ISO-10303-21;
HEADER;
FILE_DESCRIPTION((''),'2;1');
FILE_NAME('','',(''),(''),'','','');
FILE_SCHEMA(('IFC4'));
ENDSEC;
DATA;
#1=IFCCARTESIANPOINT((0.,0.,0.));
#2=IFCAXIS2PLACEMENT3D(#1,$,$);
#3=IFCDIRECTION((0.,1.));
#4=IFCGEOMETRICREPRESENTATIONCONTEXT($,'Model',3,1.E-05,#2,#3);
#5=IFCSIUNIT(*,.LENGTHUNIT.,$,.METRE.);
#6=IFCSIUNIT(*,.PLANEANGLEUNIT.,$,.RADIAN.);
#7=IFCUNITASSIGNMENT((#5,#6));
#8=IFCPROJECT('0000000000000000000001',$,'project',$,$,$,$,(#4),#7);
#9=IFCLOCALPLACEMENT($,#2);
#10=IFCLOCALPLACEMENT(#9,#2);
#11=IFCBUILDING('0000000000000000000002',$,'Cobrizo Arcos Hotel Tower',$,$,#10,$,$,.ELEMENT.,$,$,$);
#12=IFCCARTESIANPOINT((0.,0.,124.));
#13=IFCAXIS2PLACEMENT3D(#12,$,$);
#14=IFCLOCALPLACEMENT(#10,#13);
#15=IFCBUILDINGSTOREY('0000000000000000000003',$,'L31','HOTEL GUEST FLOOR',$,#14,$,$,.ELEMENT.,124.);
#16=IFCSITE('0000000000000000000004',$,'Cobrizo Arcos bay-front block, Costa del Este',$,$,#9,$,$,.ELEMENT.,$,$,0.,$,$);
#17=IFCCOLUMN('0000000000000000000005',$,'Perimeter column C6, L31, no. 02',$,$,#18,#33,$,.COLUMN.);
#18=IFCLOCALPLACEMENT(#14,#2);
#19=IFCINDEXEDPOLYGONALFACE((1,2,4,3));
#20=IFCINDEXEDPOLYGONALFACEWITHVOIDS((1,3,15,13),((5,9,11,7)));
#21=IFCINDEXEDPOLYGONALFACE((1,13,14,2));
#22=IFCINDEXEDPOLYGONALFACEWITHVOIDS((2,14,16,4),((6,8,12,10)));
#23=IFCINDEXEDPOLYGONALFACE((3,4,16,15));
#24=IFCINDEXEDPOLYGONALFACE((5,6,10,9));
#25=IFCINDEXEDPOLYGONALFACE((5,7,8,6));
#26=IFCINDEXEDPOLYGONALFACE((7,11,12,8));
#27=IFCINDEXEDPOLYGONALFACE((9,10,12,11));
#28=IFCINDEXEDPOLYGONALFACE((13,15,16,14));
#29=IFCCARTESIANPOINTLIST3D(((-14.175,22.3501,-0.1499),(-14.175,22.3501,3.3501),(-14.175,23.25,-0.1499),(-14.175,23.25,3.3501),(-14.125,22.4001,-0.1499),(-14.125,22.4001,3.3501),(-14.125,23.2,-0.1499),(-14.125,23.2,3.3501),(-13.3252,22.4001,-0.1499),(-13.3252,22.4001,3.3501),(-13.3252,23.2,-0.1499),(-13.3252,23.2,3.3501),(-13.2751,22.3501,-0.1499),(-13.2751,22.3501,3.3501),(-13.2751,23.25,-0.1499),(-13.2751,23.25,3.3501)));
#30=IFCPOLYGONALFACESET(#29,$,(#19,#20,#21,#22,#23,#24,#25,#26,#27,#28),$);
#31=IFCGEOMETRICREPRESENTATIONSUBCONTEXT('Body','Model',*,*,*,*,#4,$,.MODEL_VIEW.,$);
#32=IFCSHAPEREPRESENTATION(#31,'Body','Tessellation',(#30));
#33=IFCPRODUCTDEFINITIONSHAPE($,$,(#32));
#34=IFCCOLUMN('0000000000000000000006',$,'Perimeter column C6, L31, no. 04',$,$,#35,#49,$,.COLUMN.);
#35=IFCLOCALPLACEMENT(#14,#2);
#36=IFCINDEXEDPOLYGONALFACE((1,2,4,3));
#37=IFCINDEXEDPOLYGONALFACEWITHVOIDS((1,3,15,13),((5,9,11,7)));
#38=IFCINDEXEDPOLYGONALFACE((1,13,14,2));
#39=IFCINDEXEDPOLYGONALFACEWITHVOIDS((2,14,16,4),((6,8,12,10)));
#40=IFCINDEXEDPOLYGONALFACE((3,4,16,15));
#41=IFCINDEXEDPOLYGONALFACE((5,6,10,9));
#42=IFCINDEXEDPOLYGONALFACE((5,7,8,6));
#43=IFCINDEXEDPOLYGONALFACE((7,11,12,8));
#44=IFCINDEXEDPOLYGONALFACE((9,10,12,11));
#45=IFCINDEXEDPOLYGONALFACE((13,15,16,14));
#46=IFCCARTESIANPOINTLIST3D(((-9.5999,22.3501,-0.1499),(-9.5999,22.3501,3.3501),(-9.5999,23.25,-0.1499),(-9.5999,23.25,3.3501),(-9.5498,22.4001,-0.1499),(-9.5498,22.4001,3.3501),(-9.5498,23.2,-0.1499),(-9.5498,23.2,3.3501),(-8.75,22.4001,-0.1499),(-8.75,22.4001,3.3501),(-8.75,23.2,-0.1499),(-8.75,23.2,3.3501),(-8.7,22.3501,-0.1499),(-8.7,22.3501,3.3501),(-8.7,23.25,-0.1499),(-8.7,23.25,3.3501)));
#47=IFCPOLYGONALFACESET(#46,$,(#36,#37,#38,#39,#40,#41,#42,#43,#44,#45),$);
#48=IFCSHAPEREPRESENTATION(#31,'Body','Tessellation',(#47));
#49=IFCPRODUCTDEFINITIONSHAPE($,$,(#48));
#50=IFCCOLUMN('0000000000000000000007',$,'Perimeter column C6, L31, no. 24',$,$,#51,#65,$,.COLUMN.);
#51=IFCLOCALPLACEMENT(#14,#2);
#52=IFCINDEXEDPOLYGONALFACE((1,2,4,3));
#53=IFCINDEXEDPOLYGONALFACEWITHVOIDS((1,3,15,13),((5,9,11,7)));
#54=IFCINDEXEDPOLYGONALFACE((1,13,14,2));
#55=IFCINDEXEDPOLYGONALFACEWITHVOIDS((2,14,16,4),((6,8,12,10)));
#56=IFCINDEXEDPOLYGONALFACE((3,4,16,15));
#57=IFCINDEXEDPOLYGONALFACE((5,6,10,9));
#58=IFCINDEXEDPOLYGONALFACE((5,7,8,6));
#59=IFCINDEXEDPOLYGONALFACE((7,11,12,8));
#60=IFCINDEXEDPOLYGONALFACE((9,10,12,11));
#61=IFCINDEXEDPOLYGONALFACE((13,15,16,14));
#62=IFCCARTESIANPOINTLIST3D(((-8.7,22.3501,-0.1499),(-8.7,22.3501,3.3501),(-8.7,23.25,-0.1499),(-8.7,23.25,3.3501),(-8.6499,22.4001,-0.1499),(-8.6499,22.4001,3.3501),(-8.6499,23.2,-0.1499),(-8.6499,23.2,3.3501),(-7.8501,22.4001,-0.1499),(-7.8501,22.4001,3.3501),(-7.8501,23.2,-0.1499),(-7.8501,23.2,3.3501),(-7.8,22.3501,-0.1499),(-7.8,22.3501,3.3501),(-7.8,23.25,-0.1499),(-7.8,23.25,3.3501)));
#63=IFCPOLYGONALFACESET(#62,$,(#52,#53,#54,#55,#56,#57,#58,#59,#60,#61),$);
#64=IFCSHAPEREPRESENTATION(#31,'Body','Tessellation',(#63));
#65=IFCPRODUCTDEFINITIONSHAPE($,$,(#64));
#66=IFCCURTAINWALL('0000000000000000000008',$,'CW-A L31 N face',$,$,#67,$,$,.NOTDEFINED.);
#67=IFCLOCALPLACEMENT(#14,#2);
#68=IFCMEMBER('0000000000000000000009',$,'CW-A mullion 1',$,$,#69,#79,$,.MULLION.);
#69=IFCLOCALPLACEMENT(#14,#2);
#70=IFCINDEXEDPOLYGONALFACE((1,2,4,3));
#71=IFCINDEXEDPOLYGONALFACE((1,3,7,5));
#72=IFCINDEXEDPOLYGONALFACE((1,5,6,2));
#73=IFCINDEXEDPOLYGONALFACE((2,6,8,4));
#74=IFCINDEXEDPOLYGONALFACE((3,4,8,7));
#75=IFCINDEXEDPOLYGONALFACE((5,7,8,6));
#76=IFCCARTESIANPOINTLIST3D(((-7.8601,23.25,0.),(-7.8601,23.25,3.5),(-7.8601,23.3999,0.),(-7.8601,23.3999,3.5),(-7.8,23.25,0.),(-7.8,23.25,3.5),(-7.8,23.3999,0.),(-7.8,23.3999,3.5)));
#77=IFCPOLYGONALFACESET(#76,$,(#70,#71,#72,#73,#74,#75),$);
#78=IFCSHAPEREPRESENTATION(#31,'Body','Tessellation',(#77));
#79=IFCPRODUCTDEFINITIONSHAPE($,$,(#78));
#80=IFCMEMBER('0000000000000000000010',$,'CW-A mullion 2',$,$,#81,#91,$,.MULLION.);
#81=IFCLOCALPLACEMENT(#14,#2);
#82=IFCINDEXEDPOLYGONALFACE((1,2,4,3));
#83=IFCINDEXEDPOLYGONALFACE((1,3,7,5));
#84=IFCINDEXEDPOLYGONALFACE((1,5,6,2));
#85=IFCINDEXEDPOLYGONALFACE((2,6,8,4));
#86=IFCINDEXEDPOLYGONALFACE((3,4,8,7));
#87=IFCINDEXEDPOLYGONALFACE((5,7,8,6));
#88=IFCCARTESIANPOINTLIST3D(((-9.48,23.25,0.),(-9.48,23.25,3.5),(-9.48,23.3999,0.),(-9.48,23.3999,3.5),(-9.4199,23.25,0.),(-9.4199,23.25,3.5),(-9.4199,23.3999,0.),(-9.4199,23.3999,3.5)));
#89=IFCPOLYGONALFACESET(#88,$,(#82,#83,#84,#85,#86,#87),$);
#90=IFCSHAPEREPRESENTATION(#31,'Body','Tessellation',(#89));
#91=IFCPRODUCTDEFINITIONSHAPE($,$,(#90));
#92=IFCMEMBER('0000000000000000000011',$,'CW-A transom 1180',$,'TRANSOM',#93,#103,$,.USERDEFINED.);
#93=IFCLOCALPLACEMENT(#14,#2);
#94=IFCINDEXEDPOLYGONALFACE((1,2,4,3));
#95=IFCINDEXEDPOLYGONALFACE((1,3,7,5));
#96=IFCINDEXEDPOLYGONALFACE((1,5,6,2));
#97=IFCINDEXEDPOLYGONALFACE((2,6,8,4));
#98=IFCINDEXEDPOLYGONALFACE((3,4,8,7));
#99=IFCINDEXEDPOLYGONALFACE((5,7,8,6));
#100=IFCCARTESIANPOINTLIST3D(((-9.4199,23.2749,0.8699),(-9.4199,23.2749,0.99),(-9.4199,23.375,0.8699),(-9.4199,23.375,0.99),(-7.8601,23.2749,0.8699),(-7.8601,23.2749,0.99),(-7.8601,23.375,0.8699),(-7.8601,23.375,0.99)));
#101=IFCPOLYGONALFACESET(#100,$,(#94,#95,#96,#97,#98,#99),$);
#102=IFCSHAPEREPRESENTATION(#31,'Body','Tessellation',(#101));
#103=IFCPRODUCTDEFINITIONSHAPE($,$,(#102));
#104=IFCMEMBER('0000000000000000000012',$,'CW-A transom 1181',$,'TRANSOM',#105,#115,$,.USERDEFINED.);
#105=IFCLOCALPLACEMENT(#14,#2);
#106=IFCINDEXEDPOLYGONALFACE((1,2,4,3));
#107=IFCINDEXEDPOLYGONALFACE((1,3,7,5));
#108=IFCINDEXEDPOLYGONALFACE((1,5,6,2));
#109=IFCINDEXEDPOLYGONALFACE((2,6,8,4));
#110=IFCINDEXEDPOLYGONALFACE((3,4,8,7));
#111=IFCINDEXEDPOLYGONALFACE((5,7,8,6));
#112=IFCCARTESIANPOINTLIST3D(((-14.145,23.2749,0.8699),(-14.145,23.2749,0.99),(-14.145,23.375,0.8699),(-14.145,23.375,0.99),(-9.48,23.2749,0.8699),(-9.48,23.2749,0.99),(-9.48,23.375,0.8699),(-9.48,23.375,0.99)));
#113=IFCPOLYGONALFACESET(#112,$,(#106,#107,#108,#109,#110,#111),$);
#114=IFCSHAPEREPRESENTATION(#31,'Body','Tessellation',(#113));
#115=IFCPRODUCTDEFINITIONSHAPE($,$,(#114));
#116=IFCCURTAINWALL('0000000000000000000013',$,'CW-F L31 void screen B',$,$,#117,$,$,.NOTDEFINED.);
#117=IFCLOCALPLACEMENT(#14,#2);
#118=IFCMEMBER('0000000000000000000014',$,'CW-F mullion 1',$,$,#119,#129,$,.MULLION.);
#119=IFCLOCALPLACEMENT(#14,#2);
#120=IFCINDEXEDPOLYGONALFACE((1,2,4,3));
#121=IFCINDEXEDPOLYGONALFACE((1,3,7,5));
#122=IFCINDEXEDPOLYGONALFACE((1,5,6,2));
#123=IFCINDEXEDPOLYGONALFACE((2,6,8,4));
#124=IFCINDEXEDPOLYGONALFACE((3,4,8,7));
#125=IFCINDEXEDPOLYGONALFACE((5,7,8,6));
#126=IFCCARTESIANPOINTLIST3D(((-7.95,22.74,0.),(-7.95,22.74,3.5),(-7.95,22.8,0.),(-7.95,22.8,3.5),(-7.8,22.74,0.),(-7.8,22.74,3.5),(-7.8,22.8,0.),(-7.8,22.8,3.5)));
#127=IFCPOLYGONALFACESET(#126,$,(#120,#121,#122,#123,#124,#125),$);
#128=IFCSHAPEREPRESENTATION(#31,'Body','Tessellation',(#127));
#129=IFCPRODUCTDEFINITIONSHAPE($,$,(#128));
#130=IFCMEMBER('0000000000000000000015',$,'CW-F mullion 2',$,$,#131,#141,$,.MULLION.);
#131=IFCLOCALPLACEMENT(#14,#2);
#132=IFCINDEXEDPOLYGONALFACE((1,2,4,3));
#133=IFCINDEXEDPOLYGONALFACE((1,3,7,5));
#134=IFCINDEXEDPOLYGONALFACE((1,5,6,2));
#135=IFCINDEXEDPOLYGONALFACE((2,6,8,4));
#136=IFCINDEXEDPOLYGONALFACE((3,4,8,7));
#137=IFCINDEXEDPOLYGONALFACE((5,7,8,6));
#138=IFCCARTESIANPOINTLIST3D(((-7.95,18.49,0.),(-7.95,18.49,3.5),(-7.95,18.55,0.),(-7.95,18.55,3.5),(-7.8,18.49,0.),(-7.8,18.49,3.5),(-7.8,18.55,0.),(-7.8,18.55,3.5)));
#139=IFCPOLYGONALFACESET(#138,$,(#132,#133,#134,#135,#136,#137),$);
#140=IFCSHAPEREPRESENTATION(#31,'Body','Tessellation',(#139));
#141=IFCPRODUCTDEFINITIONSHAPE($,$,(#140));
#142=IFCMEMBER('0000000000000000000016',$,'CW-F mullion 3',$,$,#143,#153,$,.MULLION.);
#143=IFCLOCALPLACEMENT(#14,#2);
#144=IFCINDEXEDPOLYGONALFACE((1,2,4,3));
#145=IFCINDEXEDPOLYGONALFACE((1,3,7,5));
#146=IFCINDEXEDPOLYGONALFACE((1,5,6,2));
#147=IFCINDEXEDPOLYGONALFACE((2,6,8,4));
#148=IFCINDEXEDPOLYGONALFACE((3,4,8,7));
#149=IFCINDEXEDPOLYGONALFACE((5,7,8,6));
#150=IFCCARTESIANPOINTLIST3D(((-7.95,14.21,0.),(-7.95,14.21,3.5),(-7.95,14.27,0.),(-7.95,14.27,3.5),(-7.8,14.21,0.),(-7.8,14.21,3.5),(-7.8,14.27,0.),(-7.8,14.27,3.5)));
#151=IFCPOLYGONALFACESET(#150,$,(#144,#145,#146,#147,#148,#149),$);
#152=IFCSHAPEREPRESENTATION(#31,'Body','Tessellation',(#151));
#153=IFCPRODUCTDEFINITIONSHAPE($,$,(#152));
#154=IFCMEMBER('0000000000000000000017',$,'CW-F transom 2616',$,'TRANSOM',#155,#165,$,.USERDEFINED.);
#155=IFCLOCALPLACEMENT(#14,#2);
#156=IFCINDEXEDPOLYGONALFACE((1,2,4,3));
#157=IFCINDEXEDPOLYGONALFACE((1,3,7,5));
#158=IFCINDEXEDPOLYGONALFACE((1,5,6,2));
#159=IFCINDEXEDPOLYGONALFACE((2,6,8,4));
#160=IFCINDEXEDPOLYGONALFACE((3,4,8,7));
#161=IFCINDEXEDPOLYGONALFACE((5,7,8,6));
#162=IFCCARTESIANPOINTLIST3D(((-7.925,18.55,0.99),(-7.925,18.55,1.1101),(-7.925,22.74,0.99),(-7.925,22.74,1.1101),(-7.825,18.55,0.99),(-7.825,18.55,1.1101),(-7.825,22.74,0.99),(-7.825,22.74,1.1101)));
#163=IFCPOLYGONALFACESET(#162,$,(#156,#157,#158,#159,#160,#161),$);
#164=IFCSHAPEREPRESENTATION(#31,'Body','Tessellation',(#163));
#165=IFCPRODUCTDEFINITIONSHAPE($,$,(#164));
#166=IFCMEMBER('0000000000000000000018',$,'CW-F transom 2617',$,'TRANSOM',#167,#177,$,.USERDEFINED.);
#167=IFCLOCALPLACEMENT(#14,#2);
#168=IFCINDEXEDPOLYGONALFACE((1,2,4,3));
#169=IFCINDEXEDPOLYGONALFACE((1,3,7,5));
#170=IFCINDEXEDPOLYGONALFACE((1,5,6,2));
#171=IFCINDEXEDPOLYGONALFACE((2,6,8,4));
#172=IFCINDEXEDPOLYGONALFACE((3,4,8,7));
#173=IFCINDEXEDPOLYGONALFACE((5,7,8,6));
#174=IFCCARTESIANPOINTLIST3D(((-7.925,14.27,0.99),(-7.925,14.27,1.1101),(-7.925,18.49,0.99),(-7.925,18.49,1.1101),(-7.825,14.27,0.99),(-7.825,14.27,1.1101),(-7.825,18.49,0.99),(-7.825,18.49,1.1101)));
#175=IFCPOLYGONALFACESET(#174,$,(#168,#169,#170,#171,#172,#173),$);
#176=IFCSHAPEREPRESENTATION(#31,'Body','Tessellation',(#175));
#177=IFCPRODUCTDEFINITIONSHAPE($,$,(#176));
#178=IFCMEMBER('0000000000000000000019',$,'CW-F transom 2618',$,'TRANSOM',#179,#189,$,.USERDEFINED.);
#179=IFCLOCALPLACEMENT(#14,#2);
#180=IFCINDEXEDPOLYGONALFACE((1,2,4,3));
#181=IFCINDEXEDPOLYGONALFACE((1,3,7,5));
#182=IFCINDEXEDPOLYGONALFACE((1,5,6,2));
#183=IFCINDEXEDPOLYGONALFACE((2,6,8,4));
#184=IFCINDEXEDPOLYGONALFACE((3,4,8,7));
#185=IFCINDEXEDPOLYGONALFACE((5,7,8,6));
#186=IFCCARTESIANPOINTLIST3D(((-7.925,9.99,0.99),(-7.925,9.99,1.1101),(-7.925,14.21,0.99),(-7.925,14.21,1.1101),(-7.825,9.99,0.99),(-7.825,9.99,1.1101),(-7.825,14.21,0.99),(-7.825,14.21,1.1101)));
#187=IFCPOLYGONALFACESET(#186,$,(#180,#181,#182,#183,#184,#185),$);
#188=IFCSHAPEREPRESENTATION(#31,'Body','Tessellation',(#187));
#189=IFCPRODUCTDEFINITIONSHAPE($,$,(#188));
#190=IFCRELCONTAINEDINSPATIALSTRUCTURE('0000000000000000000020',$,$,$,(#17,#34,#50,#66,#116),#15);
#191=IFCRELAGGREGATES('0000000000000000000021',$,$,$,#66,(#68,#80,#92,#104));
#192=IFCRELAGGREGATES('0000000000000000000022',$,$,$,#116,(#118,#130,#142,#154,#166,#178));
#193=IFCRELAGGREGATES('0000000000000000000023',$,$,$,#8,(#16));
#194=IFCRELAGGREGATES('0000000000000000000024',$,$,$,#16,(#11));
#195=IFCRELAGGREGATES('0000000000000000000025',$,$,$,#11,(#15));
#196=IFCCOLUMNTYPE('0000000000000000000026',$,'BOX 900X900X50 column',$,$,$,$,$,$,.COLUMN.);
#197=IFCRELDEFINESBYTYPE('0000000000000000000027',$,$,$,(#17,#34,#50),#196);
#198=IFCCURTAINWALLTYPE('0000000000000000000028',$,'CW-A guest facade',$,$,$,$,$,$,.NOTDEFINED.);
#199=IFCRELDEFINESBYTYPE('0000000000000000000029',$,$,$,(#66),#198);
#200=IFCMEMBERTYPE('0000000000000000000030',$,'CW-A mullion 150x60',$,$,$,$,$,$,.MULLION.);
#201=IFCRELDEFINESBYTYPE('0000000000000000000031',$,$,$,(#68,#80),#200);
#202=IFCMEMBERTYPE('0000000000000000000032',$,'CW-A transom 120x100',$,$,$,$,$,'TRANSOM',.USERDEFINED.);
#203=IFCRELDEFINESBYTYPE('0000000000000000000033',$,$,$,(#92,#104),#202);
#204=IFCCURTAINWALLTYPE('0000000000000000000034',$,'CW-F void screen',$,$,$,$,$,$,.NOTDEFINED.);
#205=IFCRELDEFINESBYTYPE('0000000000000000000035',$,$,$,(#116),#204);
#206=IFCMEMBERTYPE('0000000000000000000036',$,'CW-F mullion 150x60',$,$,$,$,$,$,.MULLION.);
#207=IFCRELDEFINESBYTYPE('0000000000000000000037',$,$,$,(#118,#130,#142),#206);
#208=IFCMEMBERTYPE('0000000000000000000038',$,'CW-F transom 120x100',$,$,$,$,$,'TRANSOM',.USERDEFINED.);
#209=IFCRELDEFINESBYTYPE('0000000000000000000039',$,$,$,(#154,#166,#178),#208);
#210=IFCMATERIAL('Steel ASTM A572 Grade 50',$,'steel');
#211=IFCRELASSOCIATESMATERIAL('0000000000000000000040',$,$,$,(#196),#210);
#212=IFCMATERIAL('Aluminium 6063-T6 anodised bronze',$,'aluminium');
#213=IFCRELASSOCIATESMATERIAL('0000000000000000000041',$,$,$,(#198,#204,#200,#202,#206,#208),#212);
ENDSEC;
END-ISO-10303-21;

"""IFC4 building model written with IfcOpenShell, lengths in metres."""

from ifc_helpers import new_model, si_unit, direction, frame, origin, origin_2d, place, context, subcontext, project, spatial, rectangle, hollow_rectangle, extrude, material, material_profile, profile_set, type_object, element, aggregate, save


model = new_model("IFC4")

# Units and contexts
model_context = context("Model", 3, precision=1e-05, world=origin(), true_north=direction((0.0, 1.0)))
body_context = subcontext(model_context, "Body", "Model", "MODEL_VIEW")
ifc_project = project(units=[si_unit("LENGTHUNIT", "METRE"), si_unit("PLANEANGLEUNIT", "RADIAN")], contexts=[model_context])

# Site, building, storey
site_placement = place(None, origin())
site = spatial("IfcSite", under=ifc_project, at=site_placement, Name="Cobrizo Arcos bay-front block, Costa del Este", CompositionType="ELEMENT", RefElevation=0.0)
building_placement = place(site_placement, origin())
building = spatial("IfcBuilding", under=site, at=building_placement, Name="Cobrizo Arcos Hotel Tower", CompositionType="ELEMENT")
storey_placement = place(building_placement, frame((0.0, 0.0, 124.0)))
storey = spatial("IfcBuildingStorey", under=building, at=storey_placement, Name="L31", Description="HOTEL GUEST FLOOR", CompositionType="ELEMENT", Elevation=124.0)

# Columns
ifc_material_1 = material(Name="Steel ASTM A572 Grade 50", Category="steel")
ifc_material_profile_1 = material_profile(ifc_material_1, hollow_rectangle(XDim=0.8999, YDim=0.8999, WallThickness=0.05, at=origin_2d()), Name="BOX 900X900X50")
ifc_profile_set_1 = profile_set([ifc_material_profile_1], Name="Steel ASTM A572 Grade 50")
column_type = type_object("IfcColumnType", Name="BOX 900X900X50 column", PredefinedType="COLUMN", material=ifc_profile_set_1)
for number, where, z_axis, x_axis, name in (
    (1, (-13.7251, 22.8, -0.1499), (0.0, 0.0, 1.0), (1.0, 0.0, 0.0), "Perimeter column C6, L31, no. 02"),
    (2, (-9.1499, 22.8, -0.1499), (0.0, 0.0, 1.0), (1.0, 0.0, 0.0), "Perimeter column C6, L31, no. 04"),
    (3, (-8.25, 22.8, -0.1499), (0.0, 0.0, 1.0), (1.0, 0.0, 0.0), "Perimeter column C6, L31, no. 24"),
):
    element("IfcColumn", number, at=place(storey_placement, frame(where, z_axis=z_axis, x_axis=x_axis)), inside=storey, type_object=column_type, Name=name, PredefinedType="COLUMN", context=body_context, shape_type="SweptSolid", body=[
        extrude(hollow_rectangle(XDim=0.8999, YDim=0.8999, WallThickness=0.05, at=origin_2d()), origin(), (0.0, 0.0, 1.0), 3.5),
    ])

# Curtain walls, members
ifc_material_2 = material(Name="Aluminium 6063-T6 anodised bronze", Category="aluminium")
curtain_wall_type_1 = type_object("IfcCurtainWallType", Name="CW-A guest facade", PredefinedType="NOTDEFINED", material=ifc_material_2)
curtain_wall_1_placement = place(storey_placement, origin())
curtain_wall_1 = element("IfcCurtainWall", 4, at=curtain_wall_1_placement, inside=storey, type_object=curtain_wall_type_1, Name="CW-A L31 N face", PredefinedType="NOTDEFINED")
ifc_material_profile_2 = material_profile(ifc_material_2, rectangle(XDim=0.1499, YDim=0.0601, at=origin_2d()), Name="CW-A mullion 150x60")
ifc_profile_set_2 = profile_set([ifc_material_profile_2], Name="Aluminium 6063-T6 anodised bronze")
member_type_1 = type_object("IfcMemberType", Name="CW-A mullion 150x60", PredefinedType="MULLION", material=ifc_profile_set_2)
member_1_placement = place(storey_placement, frame((-7.8301, 23.325, 0.0), z_axis=(0.0, 0.0, 1.0), x_axis=(0.0, 1.0, 0.0)))
member_1 = element("IfcMember", 5, at=member_1_placement, type_object=member_type_1, Name="CW-A mullion 1", PredefinedType="MULLION", context=body_context, shape_type="SweptSolid", body=[
    extrude(rectangle(XDim=0.1499, YDim=0.0601, at=origin_2d()), origin(), (0.0, 0.0, 1.0), 3.5),
])
member_2_placement = place(storey_placement, frame((-9.45, 23.325, 0.0), z_axis=(0.0, 0.0, 1.0), x_axis=(0.0, 1.0, 0.0)))
member_2 = element("IfcMember", 6, at=member_2_placement, type_object=member_type_1, Name="CW-A mullion 2", PredefinedType="MULLION", context=body_context, shape_type="SweptSolid", body=[
    extrude(rectangle(XDim=0.1499, YDim=0.0601, at=origin_2d()), origin(), (0.0, 0.0, 1.0), 3.5),
])
ifc_material_profile_3 = material_profile(ifc_material_2, rectangle(XDim=0.1001, YDim=0.1201, at=origin_2d()), Name="CW-A transom 120x100")
ifc_profile_set_3 = profile_set([ifc_material_profile_3], Name="Aluminium 6063-T6 anodised bronze")
member_type_2 = type_object("IfcMemberType", Name="CW-A transom 120x100", ElementType="TRANSOM", PredefinedType="USERDEFINED", material=ifc_profile_set_3)
member_3_placement = place(storey_placement, frame((-7.8601, 23.325, 0.9299), z_axis=(-1.0, 0.0, 0.0), x_axis=(0.0, -1.0, 0.0)))
member_3 = element("IfcMember", 7, at=member_3_placement, type_object=member_type_2, Name="CW-A transom 1180", ObjectType="TRANSOM", PredefinedType="USERDEFINED", context=body_context, shape_type="SweptSolid", body=[
    extrude(rectangle(XDim=0.1001, YDim=0.1201, at=origin_2d()), origin(), (0.0, 0.0, 1.0), 1.5598),
])
member_4_placement = place(storey_placement, frame((-9.48, 23.325, 0.9299), z_axis=(-1.0, 0.0, 0.0), x_axis=(0.0, -1.0, 0.0)))
member_4 = element("IfcMember", 8, at=member_4_placement, type_object=member_type_2, Name="CW-A transom 1181", ObjectType="TRANSOM", PredefinedType="USERDEFINED", context=body_context, shape_type="SweptSolid", body=[
    extrude(rectangle(XDim=0.1001, YDim=0.1201, at=origin_2d()), origin(), (0.0, 0.0, 1.0), 4.665),
])
curtain_wall_type_2 = type_object("IfcCurtainWallType", Name="CW-F void screen", PredefinedType="NOTDEFINED", material=ifc_material_2)
curtain_wall_2_placement = place(storey_placement, origin())
curtain_wall_2 = element("IfcCurtainWall", 9, at=curtain_wall_2_placement, inside=storey, type_object=curtain_wall_type_2, Name="CW-F L31 void screen B", PredefinedType="NOTDEFINED")
ifc_material_profile_4 = material_profile(ifc_material_2, rectangle(XDim=0.1499, YDim=0.0601, at=origin_2d()), Name="CW-F mullion 150x60")
ifc_profile_set_4 = profile_set([ifc_material_profile_4], Name="Aluminium 6063-T6 anodised bronze")
member_type_3 = type_object("IfcMemberType", Name="CW-F mullion 150x60", PredefinedType="MULLION", material=ifc_profile_set_4)
member_5_placement = place(storey_placement, frame((-7.875, 22.77, 0.0), z_axis=(0.0, 0.0, 1.0), x_axis=(-1.0, 0.0, 0.0)))
member_5 = element("IfcMember", 10, at=member_5_placement, type_object=member_type_3, Name="CW-F mullion 1", PredefinedType="MULLION", context=body_context, shape_type="SweptSolid", body=[
    extrude(rectangle(XDim=0.1499, YDim=0.0601, at=origin_2d()), origin(), (0.0, 0.0, 1.0), 3.5),
])
member_6_placement = place(storey_placement, frame((-7.875, 18.52, 0.0), z_axis=(0.0, 0.0, 1.0), x_axis=(-1.0, 0.0, 0.0)))
member_6 = element("IfcMember", 11, at=member_6_placement, type_object=member_type_3, Name="CW-F mullion 2", PredefinedType="MULLION", context=body_context, shape_type="SweptSolid", body=[
    extrude(rectangle(XDim=0.1499, YDim=0.0601, at=origin_2d()), origin(), (0.0, 0.0, 1.0), 3.5),
])
member_7_placement = place(storey_placement, frame((-7.875, 14.24, 0.0), z_axis=(0.0, 0.0, 1.0), x_axis=(-1.0, 0.0, 0.0)))
member_7 = element("IfcMember", 12, at=member_7_placement, type_object=member_type_3, Name="CW-F mullion 3", PredefinedType="MULLION", context=body_context, shape_type="SweptSolid", body=[
    extrude(rectangle(XDim=0.1499, YDim=0.0601, at=origin_2d()), origin(), (0.0, 0.0, 1.0), 3.5),
])
ifc_material_profile_5 = material_profile(ifc_material_2, rectangle(XDim=0.1001, YDim=0.1201, at=origin_2d()), Name="CW-F transom 120x100")
ifc_profile_set_5 = profile_set([ifc_material_profile_5], Name="Aluminium 6063-T6 anodised bronze")
member_type_4 = type_object("IfcMemberType", Name="CW-F transom 120x100", ElementType="TRANSOM", PredefinedType="USERDEFINED", material=ifc_profile_set_5)
member_8_placement = place(storey_placement, frame((-7.875, 22.74, 1.05), z_axis=(0.0, -1.0, 0.0), x_axis=(1.0, 0.0, 0.0)))
member_8 = element("IfcMember", 13, at=member_8_placement, type_object=member_type_4, Name="CW-F transom 2616", ObjectType="TRANSOM", PredefinedType="USERDEFINED", context=body_context, shape_type="SweptSolid", body=[
    extrude(rectangle(XDim=0.1001, YDim=0.1201, at=origin_2d()), origin(), (0.0, 0.0, 1.0), 4.1899),
])
member_9_placement = place(storey_placement, frame((-7.875, 18.49, 1.05), z_axis=(0.0, -1.0, 0.0), x_axis=(1.0, 0.0, 0.0)))
member_9 = element("IfcMember", 14, at=member_9_placement, type_object=member_type_4, Name="CW-F transom 2617", ObjectType="TRANSOM", PredefinedType="USERDEFINED", context=body_context, shape_type="SweptSolid", body=[
    extrude(rectangle(XDim=0.1001, YDim=0.1201, at=origin_2d()), origin(), (0.0, 0.0, 1.0), 4.22),
])
member_10_placement = place(storey_placement, frame((-7.875, 14.21, 1.05), z_axis=(0.0, -1.0, 0.0), x_axis=(1.0, 0.0, 0.0)))
member_10 = element("IfcMember", 15, at=member_10_placement, type_object=member_type_4, Name="CW-F transom 2618", ObjectType="TRANSOM", PredefinedType="USERDEFINED", context=body_context, shape_type="SweptSolid", body=[
    extrude(rectangle(XDim=0.1001, YDim=0.1201, at=origin_2d()), origin(), (0.0, 0.0, 1.0), 4.22),
])

aggregate(curtain_wall_1, [member_1, member_2, member_3, member_4])
aggregate(curtain_wall_2, [member_5, member_6, member_7, member_8, member_9, member_10])

save(model, "model.ifc")
